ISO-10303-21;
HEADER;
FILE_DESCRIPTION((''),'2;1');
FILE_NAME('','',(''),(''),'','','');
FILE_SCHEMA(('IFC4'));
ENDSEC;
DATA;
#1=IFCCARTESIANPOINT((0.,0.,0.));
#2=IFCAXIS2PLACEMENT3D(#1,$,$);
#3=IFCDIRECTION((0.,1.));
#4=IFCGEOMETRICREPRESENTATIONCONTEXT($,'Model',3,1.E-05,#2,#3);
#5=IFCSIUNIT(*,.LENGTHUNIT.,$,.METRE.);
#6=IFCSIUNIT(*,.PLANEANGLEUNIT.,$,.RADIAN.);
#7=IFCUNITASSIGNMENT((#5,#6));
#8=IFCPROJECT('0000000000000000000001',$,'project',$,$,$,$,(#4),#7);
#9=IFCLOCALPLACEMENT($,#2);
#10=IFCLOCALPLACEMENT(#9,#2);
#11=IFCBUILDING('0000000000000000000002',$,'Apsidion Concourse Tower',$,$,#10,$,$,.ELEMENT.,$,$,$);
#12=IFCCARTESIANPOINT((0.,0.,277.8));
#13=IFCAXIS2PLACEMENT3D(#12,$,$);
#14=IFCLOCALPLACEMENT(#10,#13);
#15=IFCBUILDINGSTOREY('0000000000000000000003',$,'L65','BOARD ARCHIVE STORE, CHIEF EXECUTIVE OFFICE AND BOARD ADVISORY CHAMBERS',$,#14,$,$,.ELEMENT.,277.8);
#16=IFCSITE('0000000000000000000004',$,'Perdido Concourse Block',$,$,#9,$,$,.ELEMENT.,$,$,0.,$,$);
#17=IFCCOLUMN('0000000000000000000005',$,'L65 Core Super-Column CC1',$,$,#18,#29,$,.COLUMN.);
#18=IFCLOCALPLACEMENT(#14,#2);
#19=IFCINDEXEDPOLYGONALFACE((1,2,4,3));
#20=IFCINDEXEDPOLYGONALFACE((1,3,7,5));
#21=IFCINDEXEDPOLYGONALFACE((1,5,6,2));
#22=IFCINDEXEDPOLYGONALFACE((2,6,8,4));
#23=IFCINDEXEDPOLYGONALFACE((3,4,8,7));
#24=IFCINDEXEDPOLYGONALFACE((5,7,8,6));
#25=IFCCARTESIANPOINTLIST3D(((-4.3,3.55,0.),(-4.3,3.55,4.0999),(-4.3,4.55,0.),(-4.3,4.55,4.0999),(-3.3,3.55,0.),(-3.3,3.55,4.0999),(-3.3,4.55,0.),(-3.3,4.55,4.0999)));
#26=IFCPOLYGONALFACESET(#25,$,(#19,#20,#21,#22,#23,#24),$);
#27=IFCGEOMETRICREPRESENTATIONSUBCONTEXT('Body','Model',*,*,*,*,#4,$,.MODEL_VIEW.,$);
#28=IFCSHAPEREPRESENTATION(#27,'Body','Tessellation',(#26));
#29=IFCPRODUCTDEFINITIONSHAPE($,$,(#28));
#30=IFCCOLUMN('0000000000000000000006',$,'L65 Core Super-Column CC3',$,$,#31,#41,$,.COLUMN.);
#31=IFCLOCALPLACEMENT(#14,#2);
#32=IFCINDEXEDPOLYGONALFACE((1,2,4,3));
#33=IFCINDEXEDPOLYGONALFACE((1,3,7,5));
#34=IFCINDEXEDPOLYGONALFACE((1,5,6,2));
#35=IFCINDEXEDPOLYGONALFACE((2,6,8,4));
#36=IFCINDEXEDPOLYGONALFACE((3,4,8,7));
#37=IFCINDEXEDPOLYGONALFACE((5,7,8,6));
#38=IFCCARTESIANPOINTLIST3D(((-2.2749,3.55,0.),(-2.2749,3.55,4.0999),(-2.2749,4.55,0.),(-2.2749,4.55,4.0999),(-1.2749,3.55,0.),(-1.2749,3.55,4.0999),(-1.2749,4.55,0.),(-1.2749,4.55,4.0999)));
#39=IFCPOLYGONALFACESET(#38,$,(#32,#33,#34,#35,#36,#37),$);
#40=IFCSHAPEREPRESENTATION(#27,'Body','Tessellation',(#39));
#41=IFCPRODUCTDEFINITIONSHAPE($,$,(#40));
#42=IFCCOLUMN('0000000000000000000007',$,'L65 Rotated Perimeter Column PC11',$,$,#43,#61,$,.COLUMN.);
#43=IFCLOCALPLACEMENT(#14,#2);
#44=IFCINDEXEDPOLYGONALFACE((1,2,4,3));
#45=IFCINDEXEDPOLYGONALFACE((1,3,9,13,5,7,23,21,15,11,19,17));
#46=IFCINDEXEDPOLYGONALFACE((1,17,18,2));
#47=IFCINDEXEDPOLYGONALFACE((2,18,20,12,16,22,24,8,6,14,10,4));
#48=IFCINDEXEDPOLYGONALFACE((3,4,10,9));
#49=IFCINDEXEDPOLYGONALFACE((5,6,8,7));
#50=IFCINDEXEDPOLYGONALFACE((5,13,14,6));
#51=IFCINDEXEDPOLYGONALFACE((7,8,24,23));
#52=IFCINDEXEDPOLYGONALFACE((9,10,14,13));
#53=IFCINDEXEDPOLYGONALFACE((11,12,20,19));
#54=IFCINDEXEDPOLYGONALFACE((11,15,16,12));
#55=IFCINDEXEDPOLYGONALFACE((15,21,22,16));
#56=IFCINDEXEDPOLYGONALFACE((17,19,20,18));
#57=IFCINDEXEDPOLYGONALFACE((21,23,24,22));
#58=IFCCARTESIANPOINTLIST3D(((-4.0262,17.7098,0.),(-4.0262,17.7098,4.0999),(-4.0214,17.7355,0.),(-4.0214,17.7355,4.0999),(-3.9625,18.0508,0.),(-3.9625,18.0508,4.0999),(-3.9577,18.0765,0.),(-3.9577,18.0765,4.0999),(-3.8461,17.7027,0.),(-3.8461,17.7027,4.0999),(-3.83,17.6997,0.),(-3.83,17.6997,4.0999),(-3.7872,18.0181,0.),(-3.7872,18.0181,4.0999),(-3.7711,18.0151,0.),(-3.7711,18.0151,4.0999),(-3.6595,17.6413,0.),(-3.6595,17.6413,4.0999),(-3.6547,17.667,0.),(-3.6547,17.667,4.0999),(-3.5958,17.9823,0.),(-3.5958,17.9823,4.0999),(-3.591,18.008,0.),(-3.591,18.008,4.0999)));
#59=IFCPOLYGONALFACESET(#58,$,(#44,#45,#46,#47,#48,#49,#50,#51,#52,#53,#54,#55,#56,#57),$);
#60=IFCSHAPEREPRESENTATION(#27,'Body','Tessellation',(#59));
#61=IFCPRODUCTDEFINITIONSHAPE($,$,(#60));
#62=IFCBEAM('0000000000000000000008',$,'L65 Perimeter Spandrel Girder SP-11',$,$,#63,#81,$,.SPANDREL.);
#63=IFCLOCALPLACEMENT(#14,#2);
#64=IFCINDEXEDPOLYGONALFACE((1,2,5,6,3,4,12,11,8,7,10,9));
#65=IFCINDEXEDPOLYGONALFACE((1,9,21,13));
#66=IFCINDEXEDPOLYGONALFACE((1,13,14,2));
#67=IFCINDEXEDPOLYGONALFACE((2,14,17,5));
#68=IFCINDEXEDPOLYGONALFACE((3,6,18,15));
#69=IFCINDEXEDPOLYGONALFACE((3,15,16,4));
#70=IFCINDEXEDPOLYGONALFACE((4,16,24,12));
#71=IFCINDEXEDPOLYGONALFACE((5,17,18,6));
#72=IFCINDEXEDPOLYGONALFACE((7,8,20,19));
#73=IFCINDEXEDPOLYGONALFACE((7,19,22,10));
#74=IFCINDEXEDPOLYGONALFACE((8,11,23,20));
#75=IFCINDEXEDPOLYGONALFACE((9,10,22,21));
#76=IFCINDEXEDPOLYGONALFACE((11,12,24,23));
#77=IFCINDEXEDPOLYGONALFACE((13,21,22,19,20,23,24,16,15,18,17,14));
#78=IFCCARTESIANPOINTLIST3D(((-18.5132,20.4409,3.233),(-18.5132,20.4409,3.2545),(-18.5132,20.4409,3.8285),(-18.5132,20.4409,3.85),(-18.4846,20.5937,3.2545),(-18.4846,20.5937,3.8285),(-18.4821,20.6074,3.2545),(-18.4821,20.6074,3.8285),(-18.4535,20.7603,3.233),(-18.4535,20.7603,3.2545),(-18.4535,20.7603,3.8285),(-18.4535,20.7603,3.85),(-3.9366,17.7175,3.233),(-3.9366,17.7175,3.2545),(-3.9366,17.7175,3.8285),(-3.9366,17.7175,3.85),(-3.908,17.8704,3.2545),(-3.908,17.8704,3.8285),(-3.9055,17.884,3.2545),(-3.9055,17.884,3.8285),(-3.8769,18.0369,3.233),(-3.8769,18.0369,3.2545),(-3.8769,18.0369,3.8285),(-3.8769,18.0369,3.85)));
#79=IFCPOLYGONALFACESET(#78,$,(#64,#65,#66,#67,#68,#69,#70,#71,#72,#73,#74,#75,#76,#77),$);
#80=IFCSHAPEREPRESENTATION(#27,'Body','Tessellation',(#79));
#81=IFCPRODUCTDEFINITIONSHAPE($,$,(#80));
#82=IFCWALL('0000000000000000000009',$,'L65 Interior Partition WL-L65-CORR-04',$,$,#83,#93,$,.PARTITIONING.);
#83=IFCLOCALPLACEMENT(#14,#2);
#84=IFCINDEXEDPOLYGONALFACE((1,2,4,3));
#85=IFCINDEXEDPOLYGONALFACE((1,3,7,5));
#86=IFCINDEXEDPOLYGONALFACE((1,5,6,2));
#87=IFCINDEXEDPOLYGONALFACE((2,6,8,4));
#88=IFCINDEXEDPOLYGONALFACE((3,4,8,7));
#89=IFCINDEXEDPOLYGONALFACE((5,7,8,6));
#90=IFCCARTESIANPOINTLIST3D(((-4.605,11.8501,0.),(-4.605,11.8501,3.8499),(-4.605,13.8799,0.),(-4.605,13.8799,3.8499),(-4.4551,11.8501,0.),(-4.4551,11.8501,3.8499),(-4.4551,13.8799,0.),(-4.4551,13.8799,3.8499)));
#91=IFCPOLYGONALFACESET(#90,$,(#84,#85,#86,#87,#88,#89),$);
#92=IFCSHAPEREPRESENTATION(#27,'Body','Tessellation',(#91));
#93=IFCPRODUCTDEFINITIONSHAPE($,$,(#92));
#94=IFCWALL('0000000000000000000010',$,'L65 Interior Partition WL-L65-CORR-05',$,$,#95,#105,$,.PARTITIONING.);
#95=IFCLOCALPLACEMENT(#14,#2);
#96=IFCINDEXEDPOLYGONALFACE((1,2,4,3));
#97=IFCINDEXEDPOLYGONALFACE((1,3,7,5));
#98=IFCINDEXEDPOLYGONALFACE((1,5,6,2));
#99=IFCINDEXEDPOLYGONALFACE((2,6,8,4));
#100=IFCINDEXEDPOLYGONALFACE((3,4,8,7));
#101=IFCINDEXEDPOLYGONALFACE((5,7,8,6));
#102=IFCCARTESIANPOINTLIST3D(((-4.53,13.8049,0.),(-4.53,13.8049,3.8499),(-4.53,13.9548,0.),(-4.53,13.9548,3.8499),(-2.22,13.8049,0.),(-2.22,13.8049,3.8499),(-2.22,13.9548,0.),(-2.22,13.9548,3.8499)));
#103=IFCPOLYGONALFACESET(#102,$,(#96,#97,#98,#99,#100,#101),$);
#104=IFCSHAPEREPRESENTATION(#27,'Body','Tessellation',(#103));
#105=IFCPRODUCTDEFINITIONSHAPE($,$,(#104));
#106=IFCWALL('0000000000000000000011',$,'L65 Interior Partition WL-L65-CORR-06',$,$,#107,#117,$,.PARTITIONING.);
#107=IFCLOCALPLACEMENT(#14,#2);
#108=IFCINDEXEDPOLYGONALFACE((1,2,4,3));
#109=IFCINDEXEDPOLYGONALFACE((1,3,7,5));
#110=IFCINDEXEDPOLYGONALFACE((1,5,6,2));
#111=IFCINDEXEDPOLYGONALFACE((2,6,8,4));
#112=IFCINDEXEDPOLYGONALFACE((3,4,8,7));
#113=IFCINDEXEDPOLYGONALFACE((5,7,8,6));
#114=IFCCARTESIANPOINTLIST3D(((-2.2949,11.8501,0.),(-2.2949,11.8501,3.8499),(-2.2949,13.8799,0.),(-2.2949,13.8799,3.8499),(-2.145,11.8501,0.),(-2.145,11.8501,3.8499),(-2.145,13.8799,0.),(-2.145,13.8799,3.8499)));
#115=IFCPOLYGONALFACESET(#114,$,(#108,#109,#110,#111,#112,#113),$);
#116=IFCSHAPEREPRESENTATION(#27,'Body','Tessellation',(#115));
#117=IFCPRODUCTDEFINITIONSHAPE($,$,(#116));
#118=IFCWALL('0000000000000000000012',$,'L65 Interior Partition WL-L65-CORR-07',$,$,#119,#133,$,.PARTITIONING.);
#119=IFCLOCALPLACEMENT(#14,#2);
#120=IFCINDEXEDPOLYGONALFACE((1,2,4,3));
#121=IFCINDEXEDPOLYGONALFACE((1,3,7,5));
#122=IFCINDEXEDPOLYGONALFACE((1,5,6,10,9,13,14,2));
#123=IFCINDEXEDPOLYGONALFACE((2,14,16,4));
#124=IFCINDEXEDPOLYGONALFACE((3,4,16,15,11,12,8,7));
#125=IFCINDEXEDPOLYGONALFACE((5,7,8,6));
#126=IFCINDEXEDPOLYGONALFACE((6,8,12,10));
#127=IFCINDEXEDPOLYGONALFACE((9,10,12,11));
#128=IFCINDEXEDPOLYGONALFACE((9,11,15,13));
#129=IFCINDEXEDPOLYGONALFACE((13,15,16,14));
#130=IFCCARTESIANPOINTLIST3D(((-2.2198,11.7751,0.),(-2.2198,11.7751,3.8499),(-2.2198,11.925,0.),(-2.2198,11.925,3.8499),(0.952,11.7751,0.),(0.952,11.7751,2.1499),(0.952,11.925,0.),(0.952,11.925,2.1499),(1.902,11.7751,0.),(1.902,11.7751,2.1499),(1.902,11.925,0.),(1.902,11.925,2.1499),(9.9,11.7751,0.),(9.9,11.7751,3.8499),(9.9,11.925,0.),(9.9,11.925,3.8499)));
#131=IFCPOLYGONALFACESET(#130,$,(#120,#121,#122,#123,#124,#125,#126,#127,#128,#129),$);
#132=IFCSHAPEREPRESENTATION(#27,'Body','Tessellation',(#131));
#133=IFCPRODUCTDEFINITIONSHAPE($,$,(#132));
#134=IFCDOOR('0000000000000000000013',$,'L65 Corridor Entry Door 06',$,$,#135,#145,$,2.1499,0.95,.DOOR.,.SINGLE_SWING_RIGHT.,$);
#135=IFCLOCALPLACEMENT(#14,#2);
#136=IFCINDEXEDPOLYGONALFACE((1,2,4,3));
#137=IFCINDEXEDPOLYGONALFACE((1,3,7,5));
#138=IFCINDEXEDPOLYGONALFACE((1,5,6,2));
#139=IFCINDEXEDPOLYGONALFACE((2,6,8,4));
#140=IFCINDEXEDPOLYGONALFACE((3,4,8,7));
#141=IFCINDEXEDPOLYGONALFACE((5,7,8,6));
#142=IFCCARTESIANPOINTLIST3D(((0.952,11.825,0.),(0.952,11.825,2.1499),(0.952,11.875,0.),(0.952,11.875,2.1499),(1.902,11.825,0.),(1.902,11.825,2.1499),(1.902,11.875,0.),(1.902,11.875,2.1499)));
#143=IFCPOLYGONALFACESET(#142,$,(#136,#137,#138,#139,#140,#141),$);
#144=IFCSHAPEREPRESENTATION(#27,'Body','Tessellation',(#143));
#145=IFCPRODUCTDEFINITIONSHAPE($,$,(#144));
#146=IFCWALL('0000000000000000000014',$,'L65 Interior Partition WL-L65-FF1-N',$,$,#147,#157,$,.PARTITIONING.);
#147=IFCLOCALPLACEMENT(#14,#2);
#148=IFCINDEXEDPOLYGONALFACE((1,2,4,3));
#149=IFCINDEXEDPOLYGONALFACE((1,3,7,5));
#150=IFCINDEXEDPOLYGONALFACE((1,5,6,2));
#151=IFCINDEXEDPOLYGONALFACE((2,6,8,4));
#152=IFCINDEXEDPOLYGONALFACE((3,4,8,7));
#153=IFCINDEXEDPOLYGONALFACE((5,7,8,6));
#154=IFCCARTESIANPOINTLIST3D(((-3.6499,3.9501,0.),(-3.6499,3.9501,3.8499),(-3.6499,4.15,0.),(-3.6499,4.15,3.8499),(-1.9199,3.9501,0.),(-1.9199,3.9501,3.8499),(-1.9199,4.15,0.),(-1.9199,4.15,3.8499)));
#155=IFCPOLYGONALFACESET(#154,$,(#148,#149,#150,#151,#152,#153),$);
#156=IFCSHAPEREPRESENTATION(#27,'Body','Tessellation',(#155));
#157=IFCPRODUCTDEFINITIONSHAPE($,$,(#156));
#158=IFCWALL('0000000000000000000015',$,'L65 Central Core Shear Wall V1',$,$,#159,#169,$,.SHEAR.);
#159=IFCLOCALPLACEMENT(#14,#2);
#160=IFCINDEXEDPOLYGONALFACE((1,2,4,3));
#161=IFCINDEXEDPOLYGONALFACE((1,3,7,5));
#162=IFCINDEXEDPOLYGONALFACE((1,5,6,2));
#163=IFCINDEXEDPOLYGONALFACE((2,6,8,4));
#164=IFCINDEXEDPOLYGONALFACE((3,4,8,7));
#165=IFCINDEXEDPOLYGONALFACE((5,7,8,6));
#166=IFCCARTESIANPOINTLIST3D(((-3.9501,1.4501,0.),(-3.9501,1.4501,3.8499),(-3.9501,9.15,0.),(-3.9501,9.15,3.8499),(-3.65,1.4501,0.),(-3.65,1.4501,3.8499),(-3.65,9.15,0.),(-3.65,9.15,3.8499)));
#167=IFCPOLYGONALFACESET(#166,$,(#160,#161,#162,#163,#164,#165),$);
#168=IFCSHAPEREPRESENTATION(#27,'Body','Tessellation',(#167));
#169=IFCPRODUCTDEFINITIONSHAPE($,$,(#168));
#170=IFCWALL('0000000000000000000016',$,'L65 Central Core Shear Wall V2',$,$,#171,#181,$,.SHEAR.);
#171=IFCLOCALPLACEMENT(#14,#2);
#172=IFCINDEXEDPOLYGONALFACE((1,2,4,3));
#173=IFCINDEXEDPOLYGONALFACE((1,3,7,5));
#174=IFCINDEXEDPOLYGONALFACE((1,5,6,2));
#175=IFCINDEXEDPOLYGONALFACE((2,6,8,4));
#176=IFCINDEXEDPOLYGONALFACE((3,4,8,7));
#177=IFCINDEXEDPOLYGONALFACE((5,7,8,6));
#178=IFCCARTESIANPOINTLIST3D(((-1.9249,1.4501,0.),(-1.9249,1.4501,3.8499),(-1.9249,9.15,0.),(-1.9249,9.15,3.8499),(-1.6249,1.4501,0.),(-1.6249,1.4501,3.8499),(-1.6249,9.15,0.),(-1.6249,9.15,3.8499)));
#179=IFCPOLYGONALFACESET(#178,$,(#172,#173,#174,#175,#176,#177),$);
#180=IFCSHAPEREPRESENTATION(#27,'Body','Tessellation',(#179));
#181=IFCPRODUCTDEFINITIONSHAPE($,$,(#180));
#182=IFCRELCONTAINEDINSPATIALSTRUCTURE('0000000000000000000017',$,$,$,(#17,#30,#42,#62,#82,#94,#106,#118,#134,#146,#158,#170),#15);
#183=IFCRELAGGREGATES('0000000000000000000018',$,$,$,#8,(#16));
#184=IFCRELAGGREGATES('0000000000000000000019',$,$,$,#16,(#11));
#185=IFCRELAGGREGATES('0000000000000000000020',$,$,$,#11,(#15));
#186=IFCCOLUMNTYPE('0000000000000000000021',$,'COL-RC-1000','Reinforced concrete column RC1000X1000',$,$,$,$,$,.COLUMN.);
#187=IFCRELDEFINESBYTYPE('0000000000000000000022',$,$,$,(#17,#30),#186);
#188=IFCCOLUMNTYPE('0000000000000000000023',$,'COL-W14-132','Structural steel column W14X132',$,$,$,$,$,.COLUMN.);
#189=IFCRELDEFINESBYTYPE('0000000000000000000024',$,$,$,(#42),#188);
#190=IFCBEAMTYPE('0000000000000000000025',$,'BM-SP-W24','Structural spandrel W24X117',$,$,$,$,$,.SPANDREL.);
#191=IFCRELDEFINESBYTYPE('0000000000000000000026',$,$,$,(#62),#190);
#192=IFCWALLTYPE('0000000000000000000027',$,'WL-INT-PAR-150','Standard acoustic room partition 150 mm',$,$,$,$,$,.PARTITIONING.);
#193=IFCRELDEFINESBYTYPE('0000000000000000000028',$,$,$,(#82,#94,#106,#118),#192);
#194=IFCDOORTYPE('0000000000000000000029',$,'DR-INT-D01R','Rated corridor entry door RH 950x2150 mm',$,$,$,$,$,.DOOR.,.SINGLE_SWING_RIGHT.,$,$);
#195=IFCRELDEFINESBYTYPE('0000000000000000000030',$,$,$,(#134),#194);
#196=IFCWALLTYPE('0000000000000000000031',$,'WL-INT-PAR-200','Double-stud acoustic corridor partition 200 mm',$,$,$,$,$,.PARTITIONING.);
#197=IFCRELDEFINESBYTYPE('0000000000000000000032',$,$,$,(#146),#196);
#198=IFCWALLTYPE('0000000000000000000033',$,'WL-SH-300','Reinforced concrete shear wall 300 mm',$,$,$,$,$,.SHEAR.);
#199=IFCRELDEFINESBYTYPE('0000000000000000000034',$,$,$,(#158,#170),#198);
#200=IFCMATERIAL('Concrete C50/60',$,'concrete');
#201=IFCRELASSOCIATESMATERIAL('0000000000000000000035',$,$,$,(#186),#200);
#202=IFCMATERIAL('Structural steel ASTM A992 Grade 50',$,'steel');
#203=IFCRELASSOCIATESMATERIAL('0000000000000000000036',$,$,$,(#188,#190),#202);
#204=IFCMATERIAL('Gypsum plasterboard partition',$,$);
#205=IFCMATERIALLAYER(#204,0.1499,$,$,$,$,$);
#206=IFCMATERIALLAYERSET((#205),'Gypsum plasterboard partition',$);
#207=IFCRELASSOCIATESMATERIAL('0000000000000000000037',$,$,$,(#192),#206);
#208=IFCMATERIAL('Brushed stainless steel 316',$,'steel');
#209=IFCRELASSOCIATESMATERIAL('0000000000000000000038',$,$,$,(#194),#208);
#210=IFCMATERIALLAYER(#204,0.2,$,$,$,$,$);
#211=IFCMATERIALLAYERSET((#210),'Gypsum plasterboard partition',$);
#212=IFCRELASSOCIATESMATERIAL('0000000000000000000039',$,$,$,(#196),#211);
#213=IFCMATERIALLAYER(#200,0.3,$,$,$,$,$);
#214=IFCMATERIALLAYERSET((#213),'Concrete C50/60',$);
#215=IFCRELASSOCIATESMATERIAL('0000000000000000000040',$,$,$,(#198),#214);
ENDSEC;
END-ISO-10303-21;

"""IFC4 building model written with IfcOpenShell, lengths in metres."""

from ifc_helpers import new_model, si_unit, direction, frame, frame_2d, origin, origin_2d, place, context, subcontext, project, spatial, rectangle, i_section, extrude, material, layer, layer_set, material_profile, profile_set, type_object, element, fill, save


model = new_model("IFC4")

# Units and contexts
model_context = context("Model", 3, precision=1e-05, world=origin(), true_north=direction((0.0, 1.0)))
body_context = subcontext(model_context, "Body", "Model", "MODEL_VIEW")
ifc_project = project(units=[si_unit("LENGTHUNIT", "METRE"), si_unit("PLANEANGLEUNIT", "RADIAN")], contexts=[model_context])

# Site, building, storey
site_placement = place(None, origin())
site = spatial("IfcSite", under=ifc_project, at=site_placement, Name="Perdido Concourse Block", CompositionType="ELEMENT", RefElevation=0.0)
building_placement = place(site_placement, origin())
building = spatial("IfcBuilding", under=site, at=building_placement, Name="Apsidion Concourse Tower", CompositionType="ELEMENT")
storey_placement = place(building_placement, frame((0.0, 0.0, 277.8)))
storey = spatial("IfcBuildingStorey", under=building, at=storey_placement, Name="L65", Description="BOARD ARCHIVE STORE, CHIEF EXECUTIVE OFFICE AND BOARD ADVISORY CHAMBERS", CompositionType="ELEMENT", Elevation=277.8)

# Columns
ifc_material_1 = material(Name="Concrete C50/60", Category="concrete")
ifc_material_profile_1 = material_profile(ifc_material_1, rectangle(XDim=1.0, YDim=1.0, at=origin_2d()), Name="RC 1000x1000")
ifc_profile_set_1 = profile_set([ifc_material_profile_1], Name="Concrete C50/60")
column_type_1 = type_object("IfcColumnType", Name="COL-RC-1000", Description="Reinforced concrete column RC1000X1000", PredefinedType="COLUMN", material=ifc_profile_set_1)
for number, where, z_axis, x_axis, name in (
    (1, (-3.8, 4.05, 0.0), (0.0, 0.0, 1.0), (1.0, 0.0, 0.0), "L65 Core Super-Column CC1"),
    (2, (-1.7749, 4.05, 0.0), (0.0, 0.0, 1.0), (1.0, 0.0, 0.0), "L65 Core Super-Column CC3"),
):
    element("IfcColumn", number, at=place(storey_placement, frame(where, z_axis=z_axis, x_axis=x_axis)), inside=storey, type_object=column_type_1, Name=name, PredefinedType="COLUMN", context=body_context, shape_type="SweptSolid", body=[
        extrude(rectangle(XDim=1.0, YDim=1.0, at=origin_2d()), origin(), (0.0, 0.0, 1.0), 4.0999),
    ])
ifc_material_2 = material(Name="Structural steel ASTM A992 Grade 50", Category="steel")
ifc_material_profile_2 = material_profile(ifc_material_2, i_section(OverallWidth=0.373, OverallDepth=0.373, WebThickness=0.0164, FlangeThickness=0.0261, at=origin_2d()), Name="W14X132")
ifc_profile_set_2 = profile_set([ifc_material_profile_2], Name="Structural steel ASTM A992 Grade 50")
column_type_2 = type_object("IfcColumnType", Name="COL-W14-132", Description="Structural steel column W14X132", PredefinedType="COLUMN", material=ifc_profile_set_2)
column_placement = place(storey_placement, frame((-3.8086, 17.8589, 0.0), z_axis=(0.0, 0.0, 1.0), x_axis=(-0.983, 0.183608, 0.0)))
element("IfcColumn", 3, at=column_placement, inside=storey, type_object=column_type_2, Name="L65 Rotated Perimeter Column PC11", PredefinedType="COLUMN", context=body_context, shape_type="SweptSolid", body=[
    extrude(i_section(OverallWidth=0.373, OverallDepth=0.373, WebThickness=0.0164, FlangeThickness=0.0261, at=origin_2d()), origin(), (0.0, 0.0, 1.0), 4.0999),
])

# Beam
ifc_material_profile_3 = material_profile(ifc_material_2, i_section(OverallWidth=0.325, OverallDepth=0.6169, WebThickness=0.0139, FlangeThickness=0.0215, at=origin_2d()), Name="W24X117")
ifc_profile_set_3 = profile_set([ifc_material_profile_3], Name="Structural steel ASTM A992 Grade 50")
beam_type = type_object("IfcBeamType", Name="BM-SP-W24", Description="Structural spandrel W24X117", PredefinedType="SPANDREL", material=ifc_profile_set_3)
beam_placement = place(storey_placement, frame((-3.9067, 17.8772, 3.5415), z_axis=(-0.982991, 0.183654, 0.0), x_axis=(-0.183654, -0.982991, 0.0)))
element("IfcBeam", 4, at=beam_placement, inside=storey, type_object=beam_type, Name="L65 Perimeter Spandrel Girder SP-11", PredefinedType="SPANDREL", context=body_context, shape_type="SweptSolid", body=[
    extrude(i_section(OverallWidth=0.325, OverallDepth=0.6169, WebThickness=0.0139, FlangeThickness=0.0215, at=origin_2d()), origin(), (0.0, 0.0, 1.0), 14.8289),
])

# Walls
ifc_material_3 = material(Name="Gypsum plasterboard partition")
ifc_layer_1 = layer(ifc_material_3, 0.1499)
ifc_layer_set_1 = layer_set([ifc_layer_1], Name="Gypsum plasterboard partition")
wall_type_1 = type_object("IfcWallType", Name="WL-INT-PAR-150", Description="Standard acoustic room partition 150 mm", PredefinedType="PARTITIONING", material=ifc_layer_set_1)
wall_1_placement = place(storey_placement, frame((-4.53, 11.8501, 0.0), z_axis=(0.0, 0.0, 1.0), x_axis=(0.0, 1.0, 0.0)))
element("IfcWall", 5, at=wall_1_placement, inside=storey, type_object=wall_type_1, Name="L65 Interior Partition WL-L65-CORR-04", PredefinedType="PARTITIONING", context=body_context, shape_type="SweptSolid", body=[
    extrude(rectangle(XDim=2.0298, YDim=0.1499, at=frame_2d((1.0149, 0.0))), origin(), (0.0, 0.0, 1.0), 3.8499),
])
wall_2_placement = place(storey_placement, frame((-4.53, 13.8799, 0.0), z_axis=(0.0, 0.0, 1.0), x_axis=(1.0, 0.0, 0.0)))
element("IfcWall", 6, at=wall_2_placement, inside=storey, type_object=wall_type_1, Name="L65 Interior Partition WL-L65-CORR-05", PredefinedType="PARTITIONING", context=body_context, shape_type="SweptSolid", body=[
    extrude(rectangle(XDim=2.3101, YDim=0.1499, at=frame_2d((1.155, 0.0))), origin(), (0.0, 0.0, 1.0), 3.8499),
])
wall_3_placement = place(storey_placement, frame((-2.22, 13.8799, 0.0), z_axis=(0.0, 0.0, 1.0), x_axis=(0.0, -1.0, 0.0)))
element("IfcWall", 7, at=wall_3_placement, inside=storey, type_object=wall_type_1, Name="L65 Interior Partition WL-L65-CORR-06", PredefinedType="PARTITIONING", context=body_context, shape_type="SweptSolid", body=[
    extrude(rectangle(XDim=2.0298, YDim=0.1499, at=frame_2d((1.0149, 0.0))), origin(), (0.0, 0.0, 1.0), 3.8499),
])

# Wall, opening, door
wall_4_placement = place(storey_placement, frame((-2.22, 11.8501, 0.0), z_axis=(0.0, 0.0, 1.0), x_axis=(1.0, 0.0, 0.0)))
wall_4 = element("IfcWall", 8, at=wall_4_placement, inside=storey, type_object=wall_type_1, Name="L65 Interior Partition WL-L65-CORR-07", PredefinedType="PARTITIONING", context=body_context, shape_type="SweptSolid", body=[
    extrude(rectangle(XDim=12.1199, YDim=0.1499, at=frame_2d((6.0601, 0.0))), origin(), (0.0, 0.0, 1.0), 3.8499),
])
opening_placement = place(wall_4_placement, frame((3.1719, 0.0, 0.0)))
opening = element("IfcOpeningElement", 9, at=opening_placement, cuts=wall_4, PredefinedType="OPENING", context=body_context, shape_type="SweptSolid", body=[
    extrude(rectangle(XDim=0.95, YDim=2.1499, at=frame_2d((0.4751, 1.075))), frame((0.0, 0.085, 0.0), z_axis=(0.0, -1.0, 0.0), x_axis=(1.0, 0.0, 0.0)), (0.0, 0.0, 1.0), 0.1699),
])
ifc_material_4 = material(Name="Brushed stainless steel 316", Category="steel")
door_type = type_object("IfcDoorType", Name="DR-INT-D01R", Description="Rated corridor entry door RH 950x2150 mm", OperationType="SINGLE_SWING_RIGHT", PredefinedType="DOOR", material=ifc_material_4)
door_placement = place(opening_placement, origin())
door = element("IfcDoor", 10, at=door_placement, inside=storey, type_object=door_type, Name="L65 Corridor Entry Door 06", OperationType="SINGLE_SWING_RIGHT", OverallHeight=2.1499, OverallWidth=0.95, PredefinedType="DOOR", context=body_context, shape_type="SweptSolid", body=[
    extrude(rectangle(XDim=0.95, YDim=2.1499, at=frame_2d((0.4751, 1.075))), frame((0.0, 0.0249, 0.0), z_axis=(0.0, -1.0, 0.0), x_axis=(1.0, 0.0, 0.0)), (0.0, 0.0, 1.0), 0.05),
])
fill(opening, door)

# Walls
ifc_layer_2 = layer(ifc_material_3, 0.2)
ifc_layer_set_2 = layer_set([ifc_layer_2], Name="Gypsum plasterboard partition")
wall_type_2 = type_object("IfcWallType", Name="WL-INT-PAR-200", Description="Double-stud acoustic corridor partition 200 mm", PredefinedType="PARTITIONING", material=ifc_layer_set_2)
wall_5_placement = place(storey_placement, frame((-3.6499, 4.05, 0.0), z_axis=(0.0, 0.0, 1.0), x_axis=(1.0, 0.0, 0.0)))
element("IfcWall", 11, at=wall_5_placement, inside=storey, type_object=wall_type_2, Name="L65 Interior Partition WL-L65-FF1-N", PredefinedType="PARTITIONING", context=body_context, shape_type="SweptSolid", body=[
    extrude(rectangle(XDim=1.73, YDim=0.2, at=frame_2d((0.865, 0.0))), origin(), (0.0, 0.0, 1.0), 3.8499),
])
ifc_layer_3 = layer(ifc_material_1, 0.3)
ifc_layer_set_3 = layer_set([ifc_layer_3], Name="Concrete C50/60")
wall_type_3 = type_object("IfcWallType", Name="WL-SH-300", Description="Reinforced concrete shear wall 300 mm", PredefinedType="SHEAR", material=ifc_layer_set_3)
for number, where, z_axis, x_axis, name in (
    (12, (-3.8, 1.45, 0.0), (0.0, 0.0, 1.0), (0.0, 1.0, 0.0), "L65 Central Core Shear Wall V1"),
    (13, (-1.7749, 1.45, 0.0), (0.0, 0.0, 1.0), (0.0, 1.0, 0.0), "L65 Central Core Shear Wall V2"),
):
    element("IfcWall", number, at=place(storey_placement, frame(where, z_axis=z_axis, x_axis=x_axis)), inside=storey, type_object=wall_type_3, Name=name, PredefinedType="SHEAR", context=body_context, shape_type="SweptSolid", body=[
        extrude(rectangle(XDim=7.7, YDim=0.3, at=frame_2d((3.8501, 0.0))), origin(), (0.0, 0.0, 1.0), 3.8499),
    ])

save(model, "model.ifc")
